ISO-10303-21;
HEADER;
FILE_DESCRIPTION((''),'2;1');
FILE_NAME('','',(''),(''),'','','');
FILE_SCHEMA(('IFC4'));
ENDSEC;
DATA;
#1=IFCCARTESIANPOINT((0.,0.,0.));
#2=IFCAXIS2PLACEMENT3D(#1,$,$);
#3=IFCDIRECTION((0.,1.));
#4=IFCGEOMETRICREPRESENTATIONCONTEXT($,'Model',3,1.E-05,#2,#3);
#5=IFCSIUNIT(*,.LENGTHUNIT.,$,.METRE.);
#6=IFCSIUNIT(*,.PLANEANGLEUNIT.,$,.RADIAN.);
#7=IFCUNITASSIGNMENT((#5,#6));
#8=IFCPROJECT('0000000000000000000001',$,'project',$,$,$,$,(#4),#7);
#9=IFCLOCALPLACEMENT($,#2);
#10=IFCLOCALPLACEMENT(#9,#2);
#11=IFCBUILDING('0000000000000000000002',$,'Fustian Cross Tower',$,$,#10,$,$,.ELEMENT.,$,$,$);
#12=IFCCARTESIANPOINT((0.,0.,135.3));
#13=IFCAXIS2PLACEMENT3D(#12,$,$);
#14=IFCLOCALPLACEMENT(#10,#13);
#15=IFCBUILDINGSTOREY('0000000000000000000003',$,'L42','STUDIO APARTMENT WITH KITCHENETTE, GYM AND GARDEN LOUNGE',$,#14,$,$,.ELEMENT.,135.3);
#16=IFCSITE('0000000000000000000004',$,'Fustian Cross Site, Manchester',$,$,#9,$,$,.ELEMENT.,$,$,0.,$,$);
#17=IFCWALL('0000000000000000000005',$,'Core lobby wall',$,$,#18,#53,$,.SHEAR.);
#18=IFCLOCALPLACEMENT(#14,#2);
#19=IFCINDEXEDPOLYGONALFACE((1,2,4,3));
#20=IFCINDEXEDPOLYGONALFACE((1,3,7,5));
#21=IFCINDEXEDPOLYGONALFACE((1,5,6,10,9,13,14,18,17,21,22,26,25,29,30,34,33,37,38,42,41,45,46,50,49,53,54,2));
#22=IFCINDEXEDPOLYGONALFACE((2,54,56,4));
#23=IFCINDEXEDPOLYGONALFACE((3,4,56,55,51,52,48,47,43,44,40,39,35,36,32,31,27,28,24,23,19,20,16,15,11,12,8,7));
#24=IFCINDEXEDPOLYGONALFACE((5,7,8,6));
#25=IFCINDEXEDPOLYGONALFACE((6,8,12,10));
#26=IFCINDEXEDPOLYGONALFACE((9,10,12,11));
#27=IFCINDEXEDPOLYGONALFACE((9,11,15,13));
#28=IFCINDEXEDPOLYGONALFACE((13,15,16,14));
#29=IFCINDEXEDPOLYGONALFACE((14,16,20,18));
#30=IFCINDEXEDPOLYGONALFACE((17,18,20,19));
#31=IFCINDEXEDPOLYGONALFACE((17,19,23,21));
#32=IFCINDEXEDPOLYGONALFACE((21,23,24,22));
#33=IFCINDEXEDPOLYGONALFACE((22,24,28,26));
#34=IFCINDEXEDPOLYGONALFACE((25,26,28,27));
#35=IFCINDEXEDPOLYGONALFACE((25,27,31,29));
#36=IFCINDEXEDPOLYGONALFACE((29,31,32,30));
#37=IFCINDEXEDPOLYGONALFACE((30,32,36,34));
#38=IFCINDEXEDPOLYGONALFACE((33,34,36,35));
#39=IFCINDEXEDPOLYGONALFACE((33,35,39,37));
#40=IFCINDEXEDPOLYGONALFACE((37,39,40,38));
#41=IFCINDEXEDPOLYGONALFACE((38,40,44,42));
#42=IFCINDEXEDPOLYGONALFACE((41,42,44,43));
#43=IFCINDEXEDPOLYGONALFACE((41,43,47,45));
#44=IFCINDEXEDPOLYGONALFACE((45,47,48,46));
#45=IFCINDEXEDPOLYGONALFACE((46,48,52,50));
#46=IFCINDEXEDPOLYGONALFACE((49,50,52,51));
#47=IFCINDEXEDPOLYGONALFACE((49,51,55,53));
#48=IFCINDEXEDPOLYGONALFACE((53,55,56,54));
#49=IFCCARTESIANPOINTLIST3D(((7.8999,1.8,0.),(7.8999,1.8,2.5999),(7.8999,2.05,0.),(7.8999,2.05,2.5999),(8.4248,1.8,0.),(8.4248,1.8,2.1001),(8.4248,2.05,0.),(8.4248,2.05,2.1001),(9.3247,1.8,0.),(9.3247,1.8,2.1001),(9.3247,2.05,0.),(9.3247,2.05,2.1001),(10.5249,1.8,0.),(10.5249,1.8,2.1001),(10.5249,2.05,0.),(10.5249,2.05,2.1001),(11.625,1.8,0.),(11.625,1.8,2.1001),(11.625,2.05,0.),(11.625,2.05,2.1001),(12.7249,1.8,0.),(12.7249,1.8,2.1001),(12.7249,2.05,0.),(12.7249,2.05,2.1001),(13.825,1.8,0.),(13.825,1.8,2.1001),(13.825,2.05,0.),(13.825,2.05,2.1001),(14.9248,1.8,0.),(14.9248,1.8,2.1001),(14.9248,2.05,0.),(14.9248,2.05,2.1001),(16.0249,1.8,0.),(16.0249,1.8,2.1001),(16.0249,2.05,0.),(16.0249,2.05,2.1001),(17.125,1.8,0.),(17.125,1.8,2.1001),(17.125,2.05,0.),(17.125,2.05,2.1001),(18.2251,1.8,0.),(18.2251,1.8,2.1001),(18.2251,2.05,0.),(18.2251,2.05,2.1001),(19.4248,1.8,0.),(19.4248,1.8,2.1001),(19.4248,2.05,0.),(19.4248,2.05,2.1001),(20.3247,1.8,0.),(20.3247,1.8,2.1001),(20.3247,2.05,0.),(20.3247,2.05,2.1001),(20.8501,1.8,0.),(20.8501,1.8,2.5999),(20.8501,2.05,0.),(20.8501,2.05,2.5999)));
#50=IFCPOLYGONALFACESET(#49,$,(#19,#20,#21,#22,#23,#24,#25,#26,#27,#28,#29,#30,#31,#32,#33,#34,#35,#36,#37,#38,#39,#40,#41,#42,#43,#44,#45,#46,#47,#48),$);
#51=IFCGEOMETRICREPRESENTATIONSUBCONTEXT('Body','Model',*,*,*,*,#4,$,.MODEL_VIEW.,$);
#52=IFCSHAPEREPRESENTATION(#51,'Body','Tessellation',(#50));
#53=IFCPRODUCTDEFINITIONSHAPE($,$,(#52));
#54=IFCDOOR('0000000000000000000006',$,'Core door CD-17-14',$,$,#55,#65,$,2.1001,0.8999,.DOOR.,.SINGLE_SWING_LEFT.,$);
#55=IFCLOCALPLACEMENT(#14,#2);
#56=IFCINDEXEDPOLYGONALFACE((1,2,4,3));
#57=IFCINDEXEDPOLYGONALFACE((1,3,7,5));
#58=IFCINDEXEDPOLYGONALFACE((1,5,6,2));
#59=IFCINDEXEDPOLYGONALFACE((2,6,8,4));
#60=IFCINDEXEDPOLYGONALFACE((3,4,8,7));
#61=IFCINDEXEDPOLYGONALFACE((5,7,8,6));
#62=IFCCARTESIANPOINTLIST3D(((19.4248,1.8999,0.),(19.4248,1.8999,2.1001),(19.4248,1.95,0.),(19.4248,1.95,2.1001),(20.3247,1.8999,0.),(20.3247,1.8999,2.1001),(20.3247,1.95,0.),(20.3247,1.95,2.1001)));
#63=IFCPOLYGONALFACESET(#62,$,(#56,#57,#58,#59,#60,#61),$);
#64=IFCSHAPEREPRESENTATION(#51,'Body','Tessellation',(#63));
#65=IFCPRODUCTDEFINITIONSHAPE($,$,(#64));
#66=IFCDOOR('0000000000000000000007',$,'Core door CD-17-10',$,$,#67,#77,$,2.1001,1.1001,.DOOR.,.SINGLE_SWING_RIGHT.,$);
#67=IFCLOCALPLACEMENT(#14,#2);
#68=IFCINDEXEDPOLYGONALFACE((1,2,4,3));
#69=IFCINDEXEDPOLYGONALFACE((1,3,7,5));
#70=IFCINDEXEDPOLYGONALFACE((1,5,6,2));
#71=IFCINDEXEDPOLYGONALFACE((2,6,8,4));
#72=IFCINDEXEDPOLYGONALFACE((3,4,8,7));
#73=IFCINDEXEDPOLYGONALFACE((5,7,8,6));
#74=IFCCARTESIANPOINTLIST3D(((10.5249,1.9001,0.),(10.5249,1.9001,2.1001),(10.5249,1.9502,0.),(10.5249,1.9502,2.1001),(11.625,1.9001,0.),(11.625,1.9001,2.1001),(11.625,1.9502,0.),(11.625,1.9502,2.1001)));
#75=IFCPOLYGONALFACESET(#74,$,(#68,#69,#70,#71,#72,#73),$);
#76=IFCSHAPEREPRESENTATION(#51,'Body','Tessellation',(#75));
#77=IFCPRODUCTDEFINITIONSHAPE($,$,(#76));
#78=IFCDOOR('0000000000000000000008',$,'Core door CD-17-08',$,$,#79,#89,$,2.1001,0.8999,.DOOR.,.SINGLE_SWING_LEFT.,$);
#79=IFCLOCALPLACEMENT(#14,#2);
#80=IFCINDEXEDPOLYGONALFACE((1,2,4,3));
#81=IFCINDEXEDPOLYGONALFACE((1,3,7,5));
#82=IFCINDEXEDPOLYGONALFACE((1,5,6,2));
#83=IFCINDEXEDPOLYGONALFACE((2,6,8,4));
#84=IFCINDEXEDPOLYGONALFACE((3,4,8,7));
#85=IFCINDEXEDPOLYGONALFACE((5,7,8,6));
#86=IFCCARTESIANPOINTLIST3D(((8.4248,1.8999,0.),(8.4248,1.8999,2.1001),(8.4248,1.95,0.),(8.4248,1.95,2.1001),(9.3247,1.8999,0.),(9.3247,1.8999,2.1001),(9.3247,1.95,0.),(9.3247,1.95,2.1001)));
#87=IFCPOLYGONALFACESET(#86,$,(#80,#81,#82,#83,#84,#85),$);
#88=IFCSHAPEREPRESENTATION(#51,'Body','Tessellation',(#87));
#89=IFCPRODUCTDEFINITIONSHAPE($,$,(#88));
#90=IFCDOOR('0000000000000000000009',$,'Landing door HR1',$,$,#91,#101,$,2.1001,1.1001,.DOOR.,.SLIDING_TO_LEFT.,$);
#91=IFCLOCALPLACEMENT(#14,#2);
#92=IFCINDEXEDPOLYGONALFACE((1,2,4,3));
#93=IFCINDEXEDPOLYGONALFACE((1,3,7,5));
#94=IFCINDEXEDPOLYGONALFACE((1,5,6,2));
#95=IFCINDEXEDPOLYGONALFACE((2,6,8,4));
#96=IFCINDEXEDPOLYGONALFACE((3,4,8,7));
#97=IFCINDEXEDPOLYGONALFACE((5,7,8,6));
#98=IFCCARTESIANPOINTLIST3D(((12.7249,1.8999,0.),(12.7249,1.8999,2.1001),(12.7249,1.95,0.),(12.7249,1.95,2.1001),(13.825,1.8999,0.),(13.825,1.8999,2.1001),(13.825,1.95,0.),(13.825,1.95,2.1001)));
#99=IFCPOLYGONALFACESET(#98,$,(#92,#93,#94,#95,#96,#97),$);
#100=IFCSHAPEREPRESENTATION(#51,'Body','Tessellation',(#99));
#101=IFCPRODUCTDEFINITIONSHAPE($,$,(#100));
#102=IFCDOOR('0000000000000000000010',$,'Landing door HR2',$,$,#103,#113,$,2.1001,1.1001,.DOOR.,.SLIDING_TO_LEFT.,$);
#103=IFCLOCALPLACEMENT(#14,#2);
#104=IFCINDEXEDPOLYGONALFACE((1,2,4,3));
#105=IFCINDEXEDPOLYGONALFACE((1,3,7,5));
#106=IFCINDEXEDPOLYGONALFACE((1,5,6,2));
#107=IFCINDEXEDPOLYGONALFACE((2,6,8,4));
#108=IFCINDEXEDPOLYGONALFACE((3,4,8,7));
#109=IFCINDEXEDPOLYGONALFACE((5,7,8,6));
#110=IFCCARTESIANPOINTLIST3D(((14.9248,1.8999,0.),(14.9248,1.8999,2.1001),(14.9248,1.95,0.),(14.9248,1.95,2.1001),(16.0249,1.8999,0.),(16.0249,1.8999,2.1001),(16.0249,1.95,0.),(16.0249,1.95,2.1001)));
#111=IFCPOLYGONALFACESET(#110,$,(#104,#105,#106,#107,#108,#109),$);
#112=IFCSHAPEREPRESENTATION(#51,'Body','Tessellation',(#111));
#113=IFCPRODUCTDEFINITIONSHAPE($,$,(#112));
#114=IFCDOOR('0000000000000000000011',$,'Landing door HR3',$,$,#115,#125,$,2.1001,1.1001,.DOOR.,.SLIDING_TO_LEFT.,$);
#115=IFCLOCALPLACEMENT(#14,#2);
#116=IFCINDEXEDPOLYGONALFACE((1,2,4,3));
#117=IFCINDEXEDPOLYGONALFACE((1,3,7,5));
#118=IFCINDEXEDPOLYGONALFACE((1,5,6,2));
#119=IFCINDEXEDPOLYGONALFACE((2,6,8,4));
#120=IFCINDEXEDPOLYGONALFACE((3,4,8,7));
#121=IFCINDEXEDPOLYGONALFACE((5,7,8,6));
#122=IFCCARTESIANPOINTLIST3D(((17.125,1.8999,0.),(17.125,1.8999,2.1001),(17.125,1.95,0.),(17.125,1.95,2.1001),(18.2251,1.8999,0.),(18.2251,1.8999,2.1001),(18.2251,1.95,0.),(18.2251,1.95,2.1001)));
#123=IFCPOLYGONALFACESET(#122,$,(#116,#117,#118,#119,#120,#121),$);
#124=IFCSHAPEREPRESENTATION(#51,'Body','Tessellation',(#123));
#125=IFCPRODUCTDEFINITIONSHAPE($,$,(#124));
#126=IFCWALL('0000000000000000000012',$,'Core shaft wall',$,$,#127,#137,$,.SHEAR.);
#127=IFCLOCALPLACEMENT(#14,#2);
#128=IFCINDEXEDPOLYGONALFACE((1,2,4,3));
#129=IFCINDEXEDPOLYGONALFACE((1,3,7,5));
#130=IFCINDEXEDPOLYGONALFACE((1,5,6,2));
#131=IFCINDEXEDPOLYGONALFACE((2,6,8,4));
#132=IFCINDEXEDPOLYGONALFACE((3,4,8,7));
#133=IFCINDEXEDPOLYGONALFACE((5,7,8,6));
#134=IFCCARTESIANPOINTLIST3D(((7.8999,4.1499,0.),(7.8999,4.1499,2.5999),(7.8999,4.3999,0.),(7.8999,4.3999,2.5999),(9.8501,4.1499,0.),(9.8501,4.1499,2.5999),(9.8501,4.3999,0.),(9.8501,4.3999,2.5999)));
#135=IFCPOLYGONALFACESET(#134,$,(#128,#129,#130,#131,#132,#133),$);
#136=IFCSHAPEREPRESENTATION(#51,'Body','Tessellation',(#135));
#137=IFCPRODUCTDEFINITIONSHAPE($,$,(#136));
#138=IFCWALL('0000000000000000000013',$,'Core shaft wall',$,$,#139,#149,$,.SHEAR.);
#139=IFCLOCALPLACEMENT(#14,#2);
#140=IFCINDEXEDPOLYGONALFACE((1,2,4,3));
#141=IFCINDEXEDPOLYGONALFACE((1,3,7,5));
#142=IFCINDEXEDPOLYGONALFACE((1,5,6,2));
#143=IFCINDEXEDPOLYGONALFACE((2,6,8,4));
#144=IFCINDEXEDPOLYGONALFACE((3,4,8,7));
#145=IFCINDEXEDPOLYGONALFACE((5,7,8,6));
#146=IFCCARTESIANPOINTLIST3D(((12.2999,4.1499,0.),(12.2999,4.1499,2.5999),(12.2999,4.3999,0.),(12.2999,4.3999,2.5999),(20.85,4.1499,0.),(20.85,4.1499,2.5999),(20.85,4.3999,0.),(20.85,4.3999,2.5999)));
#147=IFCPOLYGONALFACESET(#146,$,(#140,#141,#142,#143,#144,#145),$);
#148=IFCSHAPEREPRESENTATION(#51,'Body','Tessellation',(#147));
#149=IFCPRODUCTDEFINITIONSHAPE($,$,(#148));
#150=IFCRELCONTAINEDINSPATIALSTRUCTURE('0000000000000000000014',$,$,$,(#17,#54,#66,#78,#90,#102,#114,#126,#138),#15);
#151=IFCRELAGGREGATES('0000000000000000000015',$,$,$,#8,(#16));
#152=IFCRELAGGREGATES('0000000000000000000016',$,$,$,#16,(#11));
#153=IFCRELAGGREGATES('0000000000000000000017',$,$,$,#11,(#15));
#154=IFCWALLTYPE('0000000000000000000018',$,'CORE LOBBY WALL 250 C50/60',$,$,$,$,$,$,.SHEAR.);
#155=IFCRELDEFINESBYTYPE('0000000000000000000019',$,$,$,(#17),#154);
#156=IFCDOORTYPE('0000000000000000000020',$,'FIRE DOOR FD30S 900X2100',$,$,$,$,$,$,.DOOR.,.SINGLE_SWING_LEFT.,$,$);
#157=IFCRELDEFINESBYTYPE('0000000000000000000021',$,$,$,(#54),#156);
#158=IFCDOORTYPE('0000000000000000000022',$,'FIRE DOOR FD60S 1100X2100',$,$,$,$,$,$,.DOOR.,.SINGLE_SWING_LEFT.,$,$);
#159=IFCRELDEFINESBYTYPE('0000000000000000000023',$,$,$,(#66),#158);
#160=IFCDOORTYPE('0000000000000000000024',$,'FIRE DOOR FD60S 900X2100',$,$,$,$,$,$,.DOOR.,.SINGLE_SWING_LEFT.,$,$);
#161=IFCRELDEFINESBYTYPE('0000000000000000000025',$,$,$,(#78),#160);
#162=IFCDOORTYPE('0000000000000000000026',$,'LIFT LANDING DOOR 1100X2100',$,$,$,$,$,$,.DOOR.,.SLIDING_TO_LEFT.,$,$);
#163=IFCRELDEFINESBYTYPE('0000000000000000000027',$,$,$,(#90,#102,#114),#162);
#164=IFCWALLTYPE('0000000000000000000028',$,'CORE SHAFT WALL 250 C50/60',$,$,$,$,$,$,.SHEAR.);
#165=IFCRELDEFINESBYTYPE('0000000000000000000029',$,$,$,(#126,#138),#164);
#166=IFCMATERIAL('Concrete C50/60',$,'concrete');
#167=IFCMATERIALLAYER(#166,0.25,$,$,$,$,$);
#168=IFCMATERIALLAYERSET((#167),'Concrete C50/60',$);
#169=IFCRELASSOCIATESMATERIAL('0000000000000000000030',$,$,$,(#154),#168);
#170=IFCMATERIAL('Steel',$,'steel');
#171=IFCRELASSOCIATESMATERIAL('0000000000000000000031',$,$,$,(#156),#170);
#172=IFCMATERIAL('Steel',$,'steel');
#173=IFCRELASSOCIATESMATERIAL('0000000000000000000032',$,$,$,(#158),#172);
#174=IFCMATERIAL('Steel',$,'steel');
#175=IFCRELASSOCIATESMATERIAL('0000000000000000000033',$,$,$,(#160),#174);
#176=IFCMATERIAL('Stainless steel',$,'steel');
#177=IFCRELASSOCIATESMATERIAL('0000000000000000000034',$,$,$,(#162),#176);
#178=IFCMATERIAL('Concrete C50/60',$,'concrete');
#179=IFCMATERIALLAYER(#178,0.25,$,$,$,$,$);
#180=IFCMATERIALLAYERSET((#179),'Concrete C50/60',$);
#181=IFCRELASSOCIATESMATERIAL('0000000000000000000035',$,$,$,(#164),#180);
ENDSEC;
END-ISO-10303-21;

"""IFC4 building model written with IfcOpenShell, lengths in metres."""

from ifc_helpers import new_model, si_unit, direction, frame, frame_2d, origin, place, context, subcontext, project, spatial, rectangle, extrude, material, layer, layer_set, type_object, element, fill, save


model = new_model("IFC4")

# Units and contexts
model_context = context("Model", 3, precision=1e-05, world=origin(), true_north=direction((0.0, 1.0)))
body_context = subcontext(model_context, "Body", "Model", "MODEL_VIEW")
ifc_project = project(units=[si_unit("LENGTHUNIT", "METRE"), si_unit("PLANEANGLEUNIT", "RADIAN")], contexts=[model_context])

# Site, building, storey
site_placement = place(None, origin())
site = spatial("IfcSite", under=ifc_project, at=site_placement, Name="Fustian Cross Site, Manchester", CompositionType="ELEMENT", RefElevation=0.0)
building_placement = place(site_placement, origin())
building = spatial("IfcBuilding", under=site, at=building_placement, Name="Fustian Cross Tower", CompositionType="ELEMENT")
storey_placement = place(building_placement, frame((0.0, 0.0, 135.3)))
storey = spatial("IfcBuildingStorey", under=building, at=storey_placement, Name="L42", Description="STUDIO APARTMENT WITH KITCHENETTE, GYM AND GARDEN LOUNGE", CompositionType="ELEMENT", Elevation=135.3)

# Wall, openings, doors
ifc_material_1 = material(Name="Concrete C50/60", Category="concrete")
ifc_layer_1 = layer(ifc_material_1, 0.25)
ifc_layer_set_1 = layer_set([ifc_layer_1], Name="Concrete C50/60")
wall_type_1 = type_object("IfcWallType", Name="CORE LOBBY WALL 250 C50/60", PredefinedType="SHEAR", material=ifc_layer_set_1)
wall_1_placement = place(storey_placement, frame((7.8999, 1.925, 0.0), z_axis=(0.0, 0.0, 1.0), x_axis=(1.0, 0.0, 0.0)))
wall_1 = element("IfcWall", 1, at=wall_1_placement, inside=storey, type_object=wall_type_1, Name="Core lobby wall", PredefinedType="SHEAR", context=body_context, shape_type="SweptSolid", body=[
    extrude(rectangle(XDim=12.9502, YDim=0.25, at=frame_2d((6.4751, 0.0))), origin(), (0.0, 0.0, 1.0), 2.5999),
])
opening_1_placement = place(wall_1_placement, frame((4.825, 0.0, 0.0)))
opening_1 = element("IfcOpeningElement", 2, at=opening_1_placement, cuts=wall_1, PredefinedType="OPENING", context=body_context, shape_type="SweptSolid", body=[
    extrude(rectangle(XDim=1.1001, YDim=2.1001, at=frame_2d((0.55, 1.05))), frame((0.0, 0.135, 0.0), z_axis=(0.0, -1.0, 0.0), x_axis=(1.0, 0.0, 0.0)), (0.0, 0.0, 1.0), 0.27),
])
opening_2_placement = place(wall_1_placement, frame((7.0249, 0.0, 0.0)))
opening_2 = element("IfcOpeningElement", 3, at=opening_2_placement, cuts=wall_1, PredefinedType="OPENING", context=body_context, shape_type="SweptSolid", body=[
    extrude(rectangle(XDim=1.1001, YDim=2.1001, at=frame_2d((0.55, 1.05))), frame((0.0, 0.135, 0.0), z_axis=(0.0, -1.0, 0.0), x_axis=(1.0, 0.0, 0.0)), (0.0, 0.0, 1.0), 0.27),
])
opening_3_placement = place(wall_1_placement, frame((9.2251, 0.0, 0.0)))
opening_3 = element("IfcOpeningElement", 4, at=opening_3_placement, cuts=wall_1, PredefinedType="OPENING", context=body_context, shape_type="SweptSolid", body=[
    extrude(rectangle(XDim=1.1001, YDim=2.1001, at=frame_2d((0.55, 1.05))), frame((0.0, 0.135, 0.0), z_axis=(0.0, -1.0, 0.0), x_axis=(1.0, 0.0, 0.0)), (0.0, 0.0, 1.0), 0.27),
])
opening_4_placement = place(wall_1_placement, frame((0.5249, 0.0, 0.0)))
opening_4 = element("IfcOpeningElement", 5, at=opening_4_placement, cuts=wall_1, PredefinedType="OPENING", context=body_context, shape_type="SweptSolid", body=[
    extrude(rectangle(XDim=0.8999, YDim=2.1001, at=frame_2d((0.45, 1.05))), frame((0.0, 0.135, 0.0), z_axis=(0.0, -1.0, 0.0), x_axis=(1.0, 0.0, 0.0)), (0.0, 0.0, 1.0), 0.27),
])
opening_5_placement = place(wall_1_placement, frame((2.625, 0.0, 0.0)))
opening_5 = element("IfcOpeningElement", 6, at=opening_5_placement, cuts=wall_1, PredefinedType="OPENING", context=body_context, shape_type="SweptSolid", body=[
    extrude(rectangle(XDim=1.1001, YDim=2.1001, at=frame_2d((0.55, 1.05))), frame((0.0, 0.135, 0.0), z_axis=(0.0, -1.0, 0.0), x_axis=(1.0, 0.0, 0.0)), (0.0, 0.0, 1.0), 0.27),
])
opening_6_placement = place(wall_1_placement, frame((11.5249, 0.0, 0.0)))
opening_6 = element("IfcOpeningElement", 7, at=opening_6_placement, cuts=wall_1, PredefinedType="OPENING", context=body_context, shape_type="SweptSolid", body=[
    extrude(rectangle(XDim=0.8999, YDim=2.1001, at=frame_2d((0.45, 1.05))), frame((0.0, 0.135, 0.0), z_axis=(0.0, -1.0, 0.0), x_axis=(1.0, 0.0, 0.0)), (0.0, 0.0, 1.0), 0.27),
])
ifc_material_2 = material(Name="Steel", Category="steel")
door_type_1 = type_object("IfcDoorType", Name="FIRE DOOR FD30S 900X2100", OperationType="SINGLE_SWING_LEFT", PredefinedType="DOOR", material=ifc_material_2)
door_1_placement = place(opening_6_placement, origin())
door_1 = element("IfcDoor", 8, at=door_1_placement, inside=storey, type_object=door_type_1, Name="Core door CD-17-14", OperationType="SINGLE_SWING_LEFT", OverallHeight=2.1001, OverallWidth=0.8999, PredefinedType="DOOR", context=body_context, shape_type="SweptSolid", body=[
    extrude(rectangle(XDim=0.8999, YDim=2.1001, at=frame_2d((0.45, 1.05))), frame((0.0, 0.0249, 0.0), z_axis=(0.0, -1.0, 0.0), x_axis=(1.0, 0.0, 0.0)), (0.0, 0.0, 1.0), 0.05),
])
fill(opening_6, door_1)
ifc_material_3 = material(Name="Steel", Category="steel")
door_type_2 = type_object("IfcDoorType", Name="FIRE DOOR FD60S 1100X2100", OperationType="SINGLE_SWING_LEFT", PredefinedType="DOOR", material=ifc_material_3)
door_2_placement = place(opening_5_placement, frame((1.1001, 0.0, 0.0), z_axis=(0.0, 0.0, 1.0), x_axis=(-1.0, 0.0, 0.0)))
door_2 = element("IfcDoor", 9, at=door_2_placement, inside=storey, type_object=door_type_2, Name="Core door CD-17-10", OperationType="SINGLE_SWING_RIGHT", OverallHeight=2.1001, OverallWidth=1.1001, PredefinedType="DOOR", context=body_context, shape_type="SweptSolid", body=[
    extrude(rectangle(XDim=1.1001, YDim=2.1001, at=frame_2d((0.55, 1.05))), frame((0.0, 0.0249, 0.0), z_axis=(0.0, -1.0, 0.0), x_axis=(1.0, 0.0, 0.0)), (0.0, 0.0, 1.0), 0.05),
])
fill(opening_5, door_2)
ifc_material_4 = material(Name="Steel", Category="steel")
door_type_3 = type_object("IfcDoorType", Name="FIRE DOOR FD60S 900X2100", OperationType="SINGLE_SWING_LEFT", PredefinedType="DOOR", material=ifc_material_4)
door_3_placement = place(opening_4_placement, origin())
door_3 = element("IfcDoor", 10, at=door_3_placement, inside=storey, type_object=door_type_3, Name="Core door CD-17-08", OperationType="SINGLE_SWING_LEFT", OverallHeight=2.1001, OverallWidth=0.8999, PredefinedType="DOOR", context=body_context, shape_type="SweptSolid", body=[
    extrude(rectangle(XDim=0.8999, YDim=2.1001, at=frame_2d((0.45, 1.05))), frame((0.0, 0.0249, 0.0), z_axis=(0.0, -1.0, 0.0), x_axis=(1.0, 0.0, 0.0)), (0.0, 0.0, 1.0), 0.05),
])
fill(opening_4, door_3)
ifc_material_5 = material(Name="Stainless steel", Category="steel")
door_type_4 = type_object("IfcDoorType", Name="LIFT LANDING DOOR 1100X2100", OperationType="SLIDING_TO_LEFT", PredefinedType="DOOR", material=ifc_material_5)
door_4_placement = place(opening_1_placement, origin())
door_4 = element("IfcDoor", 11, at=door_4_placement, inside=storey, type_object=door_type_4, Name="Landing door HR1", OperationType="SLIDING_TO_LEFT", OverallHeight=2.1001, OverallWidth=1.1001, PredefinedType="DOOR", context=body_context, shape_type="SweptSolid", body=[
    extrude(rectangle(XDim=1.1001, YDim=2.1001, at=frame_2d((0.55, 1.05))), frame((0.0, 0.0249, 0.0), z_axis=(0.0, -1.0, 0.0), x_axis=(1.0, 0.0, 0.0)), (0.0, 0.0, 1.0), 0.05),
])
fill(opening_1, door_4)
door_5_placement = place(opening_2_placement, origin())
door_5 = element("IfcDoor", 12, at=door_5_placement, inside=storey, type_object=door_type_4, Name="Landing door HR2", OperationType="SLIDING_TO_LEFT", OverallHeight=2.1001, OverallWidth=1.1001, PredefinedType="DOOR", context=body_context, shape_type="SweptSolid", body=[
    extrude(rectangle(XDim=1.1001, YDim=2.1001, at=frame_2d((0.55, 1.05))), frame((0.0, 0.0249, 0.0), z_axis=(0.0, -1.0, 0.0), x_axis=(1.0, 0.0, 0.0)), (0.0, 0.0, 1.0), 0.05),
])
fill(opening_2, door_5)
door_6_placement = place(opening_3_placement, origin())
door_6 = element("IfcDoor", 13, at=door_6_placement, inside=storey, type_object=door_type_4, Name="Landing door HR3", OperationType="SLIDING_TO_LEFT", OverallHeight=2.1001, OverallWidth=1.1001, PredefinedType="DOOR", context=body_context, shape_type="SweptSolid", body=[
    extrude(rectangle(XDim=1.1001, YDim=2.1001, at=frame_2d((0.55, 1.05))), frame((0.0, 0.0249, 0.0), z_axis=(0.0, -1.0, 0.0), x_axis=(1.0, 0.0, 0.0)), (0.0, 0.0, 1.0), 0.05),
])
fill(opening_3, door_6)

# Walls
ifc_material_6 = material(Name="Concrete C50/60", Category="concrete")
ifc_layer_2 = layer(ifc_material_6, 0.25)
ifc_layer_set_2 = layer_set([ifc_layer_2], Name="Concrete C50/60")
wall_type_2 = type_object("IfcWallType", Name="CORE SHAFT WALL 250 C50/60", PredefinedType="SHEAR", material=ifc_layer_set_2)
wall_2_placement = place(storey_placement, frame((7.8999, 4.2749, 0.0), z_axis=(0.0, 0.0, 1.0), x_axis=(1.0, 0.0, 0.0)))
element("IfcWall", 14, at=wall_2_placement, inside=storey, type_object=wall_type_2, Name="Core shaft wall", PredefinedType="SHEAR", context=body_context, shape_type="SweptSolid", body=[
    extrude(rectangle(XDim=1.9502, YDim=0.25, at=frame_2d((0.9751, 0.0))), origin(), (0.0, 0.0, 1.0), 2.5999),
])
wall_3_placement = place(storey_placement, frame((12.3, 4.2749, 0.0), z_axis=(0.0, 0.0, 1.0), x_axis=(1.0, 0.0, 0.0)))
element("IfcWall", 15, at=wall_3_placement, inside=storey, type_object=wall_type_2, Name="Core shaft wall", PredefinedType="SHEAR", context=body_context, shape_type="SweptSolid", body=[
    extrude(rectangle(XDim=8.55, YDim=0.25, at=frame_2d((4.2749, 0.0))), origin(), (0.0, 0.0, 1.0), 2.5999),
])

save(model, "model.ifc")
